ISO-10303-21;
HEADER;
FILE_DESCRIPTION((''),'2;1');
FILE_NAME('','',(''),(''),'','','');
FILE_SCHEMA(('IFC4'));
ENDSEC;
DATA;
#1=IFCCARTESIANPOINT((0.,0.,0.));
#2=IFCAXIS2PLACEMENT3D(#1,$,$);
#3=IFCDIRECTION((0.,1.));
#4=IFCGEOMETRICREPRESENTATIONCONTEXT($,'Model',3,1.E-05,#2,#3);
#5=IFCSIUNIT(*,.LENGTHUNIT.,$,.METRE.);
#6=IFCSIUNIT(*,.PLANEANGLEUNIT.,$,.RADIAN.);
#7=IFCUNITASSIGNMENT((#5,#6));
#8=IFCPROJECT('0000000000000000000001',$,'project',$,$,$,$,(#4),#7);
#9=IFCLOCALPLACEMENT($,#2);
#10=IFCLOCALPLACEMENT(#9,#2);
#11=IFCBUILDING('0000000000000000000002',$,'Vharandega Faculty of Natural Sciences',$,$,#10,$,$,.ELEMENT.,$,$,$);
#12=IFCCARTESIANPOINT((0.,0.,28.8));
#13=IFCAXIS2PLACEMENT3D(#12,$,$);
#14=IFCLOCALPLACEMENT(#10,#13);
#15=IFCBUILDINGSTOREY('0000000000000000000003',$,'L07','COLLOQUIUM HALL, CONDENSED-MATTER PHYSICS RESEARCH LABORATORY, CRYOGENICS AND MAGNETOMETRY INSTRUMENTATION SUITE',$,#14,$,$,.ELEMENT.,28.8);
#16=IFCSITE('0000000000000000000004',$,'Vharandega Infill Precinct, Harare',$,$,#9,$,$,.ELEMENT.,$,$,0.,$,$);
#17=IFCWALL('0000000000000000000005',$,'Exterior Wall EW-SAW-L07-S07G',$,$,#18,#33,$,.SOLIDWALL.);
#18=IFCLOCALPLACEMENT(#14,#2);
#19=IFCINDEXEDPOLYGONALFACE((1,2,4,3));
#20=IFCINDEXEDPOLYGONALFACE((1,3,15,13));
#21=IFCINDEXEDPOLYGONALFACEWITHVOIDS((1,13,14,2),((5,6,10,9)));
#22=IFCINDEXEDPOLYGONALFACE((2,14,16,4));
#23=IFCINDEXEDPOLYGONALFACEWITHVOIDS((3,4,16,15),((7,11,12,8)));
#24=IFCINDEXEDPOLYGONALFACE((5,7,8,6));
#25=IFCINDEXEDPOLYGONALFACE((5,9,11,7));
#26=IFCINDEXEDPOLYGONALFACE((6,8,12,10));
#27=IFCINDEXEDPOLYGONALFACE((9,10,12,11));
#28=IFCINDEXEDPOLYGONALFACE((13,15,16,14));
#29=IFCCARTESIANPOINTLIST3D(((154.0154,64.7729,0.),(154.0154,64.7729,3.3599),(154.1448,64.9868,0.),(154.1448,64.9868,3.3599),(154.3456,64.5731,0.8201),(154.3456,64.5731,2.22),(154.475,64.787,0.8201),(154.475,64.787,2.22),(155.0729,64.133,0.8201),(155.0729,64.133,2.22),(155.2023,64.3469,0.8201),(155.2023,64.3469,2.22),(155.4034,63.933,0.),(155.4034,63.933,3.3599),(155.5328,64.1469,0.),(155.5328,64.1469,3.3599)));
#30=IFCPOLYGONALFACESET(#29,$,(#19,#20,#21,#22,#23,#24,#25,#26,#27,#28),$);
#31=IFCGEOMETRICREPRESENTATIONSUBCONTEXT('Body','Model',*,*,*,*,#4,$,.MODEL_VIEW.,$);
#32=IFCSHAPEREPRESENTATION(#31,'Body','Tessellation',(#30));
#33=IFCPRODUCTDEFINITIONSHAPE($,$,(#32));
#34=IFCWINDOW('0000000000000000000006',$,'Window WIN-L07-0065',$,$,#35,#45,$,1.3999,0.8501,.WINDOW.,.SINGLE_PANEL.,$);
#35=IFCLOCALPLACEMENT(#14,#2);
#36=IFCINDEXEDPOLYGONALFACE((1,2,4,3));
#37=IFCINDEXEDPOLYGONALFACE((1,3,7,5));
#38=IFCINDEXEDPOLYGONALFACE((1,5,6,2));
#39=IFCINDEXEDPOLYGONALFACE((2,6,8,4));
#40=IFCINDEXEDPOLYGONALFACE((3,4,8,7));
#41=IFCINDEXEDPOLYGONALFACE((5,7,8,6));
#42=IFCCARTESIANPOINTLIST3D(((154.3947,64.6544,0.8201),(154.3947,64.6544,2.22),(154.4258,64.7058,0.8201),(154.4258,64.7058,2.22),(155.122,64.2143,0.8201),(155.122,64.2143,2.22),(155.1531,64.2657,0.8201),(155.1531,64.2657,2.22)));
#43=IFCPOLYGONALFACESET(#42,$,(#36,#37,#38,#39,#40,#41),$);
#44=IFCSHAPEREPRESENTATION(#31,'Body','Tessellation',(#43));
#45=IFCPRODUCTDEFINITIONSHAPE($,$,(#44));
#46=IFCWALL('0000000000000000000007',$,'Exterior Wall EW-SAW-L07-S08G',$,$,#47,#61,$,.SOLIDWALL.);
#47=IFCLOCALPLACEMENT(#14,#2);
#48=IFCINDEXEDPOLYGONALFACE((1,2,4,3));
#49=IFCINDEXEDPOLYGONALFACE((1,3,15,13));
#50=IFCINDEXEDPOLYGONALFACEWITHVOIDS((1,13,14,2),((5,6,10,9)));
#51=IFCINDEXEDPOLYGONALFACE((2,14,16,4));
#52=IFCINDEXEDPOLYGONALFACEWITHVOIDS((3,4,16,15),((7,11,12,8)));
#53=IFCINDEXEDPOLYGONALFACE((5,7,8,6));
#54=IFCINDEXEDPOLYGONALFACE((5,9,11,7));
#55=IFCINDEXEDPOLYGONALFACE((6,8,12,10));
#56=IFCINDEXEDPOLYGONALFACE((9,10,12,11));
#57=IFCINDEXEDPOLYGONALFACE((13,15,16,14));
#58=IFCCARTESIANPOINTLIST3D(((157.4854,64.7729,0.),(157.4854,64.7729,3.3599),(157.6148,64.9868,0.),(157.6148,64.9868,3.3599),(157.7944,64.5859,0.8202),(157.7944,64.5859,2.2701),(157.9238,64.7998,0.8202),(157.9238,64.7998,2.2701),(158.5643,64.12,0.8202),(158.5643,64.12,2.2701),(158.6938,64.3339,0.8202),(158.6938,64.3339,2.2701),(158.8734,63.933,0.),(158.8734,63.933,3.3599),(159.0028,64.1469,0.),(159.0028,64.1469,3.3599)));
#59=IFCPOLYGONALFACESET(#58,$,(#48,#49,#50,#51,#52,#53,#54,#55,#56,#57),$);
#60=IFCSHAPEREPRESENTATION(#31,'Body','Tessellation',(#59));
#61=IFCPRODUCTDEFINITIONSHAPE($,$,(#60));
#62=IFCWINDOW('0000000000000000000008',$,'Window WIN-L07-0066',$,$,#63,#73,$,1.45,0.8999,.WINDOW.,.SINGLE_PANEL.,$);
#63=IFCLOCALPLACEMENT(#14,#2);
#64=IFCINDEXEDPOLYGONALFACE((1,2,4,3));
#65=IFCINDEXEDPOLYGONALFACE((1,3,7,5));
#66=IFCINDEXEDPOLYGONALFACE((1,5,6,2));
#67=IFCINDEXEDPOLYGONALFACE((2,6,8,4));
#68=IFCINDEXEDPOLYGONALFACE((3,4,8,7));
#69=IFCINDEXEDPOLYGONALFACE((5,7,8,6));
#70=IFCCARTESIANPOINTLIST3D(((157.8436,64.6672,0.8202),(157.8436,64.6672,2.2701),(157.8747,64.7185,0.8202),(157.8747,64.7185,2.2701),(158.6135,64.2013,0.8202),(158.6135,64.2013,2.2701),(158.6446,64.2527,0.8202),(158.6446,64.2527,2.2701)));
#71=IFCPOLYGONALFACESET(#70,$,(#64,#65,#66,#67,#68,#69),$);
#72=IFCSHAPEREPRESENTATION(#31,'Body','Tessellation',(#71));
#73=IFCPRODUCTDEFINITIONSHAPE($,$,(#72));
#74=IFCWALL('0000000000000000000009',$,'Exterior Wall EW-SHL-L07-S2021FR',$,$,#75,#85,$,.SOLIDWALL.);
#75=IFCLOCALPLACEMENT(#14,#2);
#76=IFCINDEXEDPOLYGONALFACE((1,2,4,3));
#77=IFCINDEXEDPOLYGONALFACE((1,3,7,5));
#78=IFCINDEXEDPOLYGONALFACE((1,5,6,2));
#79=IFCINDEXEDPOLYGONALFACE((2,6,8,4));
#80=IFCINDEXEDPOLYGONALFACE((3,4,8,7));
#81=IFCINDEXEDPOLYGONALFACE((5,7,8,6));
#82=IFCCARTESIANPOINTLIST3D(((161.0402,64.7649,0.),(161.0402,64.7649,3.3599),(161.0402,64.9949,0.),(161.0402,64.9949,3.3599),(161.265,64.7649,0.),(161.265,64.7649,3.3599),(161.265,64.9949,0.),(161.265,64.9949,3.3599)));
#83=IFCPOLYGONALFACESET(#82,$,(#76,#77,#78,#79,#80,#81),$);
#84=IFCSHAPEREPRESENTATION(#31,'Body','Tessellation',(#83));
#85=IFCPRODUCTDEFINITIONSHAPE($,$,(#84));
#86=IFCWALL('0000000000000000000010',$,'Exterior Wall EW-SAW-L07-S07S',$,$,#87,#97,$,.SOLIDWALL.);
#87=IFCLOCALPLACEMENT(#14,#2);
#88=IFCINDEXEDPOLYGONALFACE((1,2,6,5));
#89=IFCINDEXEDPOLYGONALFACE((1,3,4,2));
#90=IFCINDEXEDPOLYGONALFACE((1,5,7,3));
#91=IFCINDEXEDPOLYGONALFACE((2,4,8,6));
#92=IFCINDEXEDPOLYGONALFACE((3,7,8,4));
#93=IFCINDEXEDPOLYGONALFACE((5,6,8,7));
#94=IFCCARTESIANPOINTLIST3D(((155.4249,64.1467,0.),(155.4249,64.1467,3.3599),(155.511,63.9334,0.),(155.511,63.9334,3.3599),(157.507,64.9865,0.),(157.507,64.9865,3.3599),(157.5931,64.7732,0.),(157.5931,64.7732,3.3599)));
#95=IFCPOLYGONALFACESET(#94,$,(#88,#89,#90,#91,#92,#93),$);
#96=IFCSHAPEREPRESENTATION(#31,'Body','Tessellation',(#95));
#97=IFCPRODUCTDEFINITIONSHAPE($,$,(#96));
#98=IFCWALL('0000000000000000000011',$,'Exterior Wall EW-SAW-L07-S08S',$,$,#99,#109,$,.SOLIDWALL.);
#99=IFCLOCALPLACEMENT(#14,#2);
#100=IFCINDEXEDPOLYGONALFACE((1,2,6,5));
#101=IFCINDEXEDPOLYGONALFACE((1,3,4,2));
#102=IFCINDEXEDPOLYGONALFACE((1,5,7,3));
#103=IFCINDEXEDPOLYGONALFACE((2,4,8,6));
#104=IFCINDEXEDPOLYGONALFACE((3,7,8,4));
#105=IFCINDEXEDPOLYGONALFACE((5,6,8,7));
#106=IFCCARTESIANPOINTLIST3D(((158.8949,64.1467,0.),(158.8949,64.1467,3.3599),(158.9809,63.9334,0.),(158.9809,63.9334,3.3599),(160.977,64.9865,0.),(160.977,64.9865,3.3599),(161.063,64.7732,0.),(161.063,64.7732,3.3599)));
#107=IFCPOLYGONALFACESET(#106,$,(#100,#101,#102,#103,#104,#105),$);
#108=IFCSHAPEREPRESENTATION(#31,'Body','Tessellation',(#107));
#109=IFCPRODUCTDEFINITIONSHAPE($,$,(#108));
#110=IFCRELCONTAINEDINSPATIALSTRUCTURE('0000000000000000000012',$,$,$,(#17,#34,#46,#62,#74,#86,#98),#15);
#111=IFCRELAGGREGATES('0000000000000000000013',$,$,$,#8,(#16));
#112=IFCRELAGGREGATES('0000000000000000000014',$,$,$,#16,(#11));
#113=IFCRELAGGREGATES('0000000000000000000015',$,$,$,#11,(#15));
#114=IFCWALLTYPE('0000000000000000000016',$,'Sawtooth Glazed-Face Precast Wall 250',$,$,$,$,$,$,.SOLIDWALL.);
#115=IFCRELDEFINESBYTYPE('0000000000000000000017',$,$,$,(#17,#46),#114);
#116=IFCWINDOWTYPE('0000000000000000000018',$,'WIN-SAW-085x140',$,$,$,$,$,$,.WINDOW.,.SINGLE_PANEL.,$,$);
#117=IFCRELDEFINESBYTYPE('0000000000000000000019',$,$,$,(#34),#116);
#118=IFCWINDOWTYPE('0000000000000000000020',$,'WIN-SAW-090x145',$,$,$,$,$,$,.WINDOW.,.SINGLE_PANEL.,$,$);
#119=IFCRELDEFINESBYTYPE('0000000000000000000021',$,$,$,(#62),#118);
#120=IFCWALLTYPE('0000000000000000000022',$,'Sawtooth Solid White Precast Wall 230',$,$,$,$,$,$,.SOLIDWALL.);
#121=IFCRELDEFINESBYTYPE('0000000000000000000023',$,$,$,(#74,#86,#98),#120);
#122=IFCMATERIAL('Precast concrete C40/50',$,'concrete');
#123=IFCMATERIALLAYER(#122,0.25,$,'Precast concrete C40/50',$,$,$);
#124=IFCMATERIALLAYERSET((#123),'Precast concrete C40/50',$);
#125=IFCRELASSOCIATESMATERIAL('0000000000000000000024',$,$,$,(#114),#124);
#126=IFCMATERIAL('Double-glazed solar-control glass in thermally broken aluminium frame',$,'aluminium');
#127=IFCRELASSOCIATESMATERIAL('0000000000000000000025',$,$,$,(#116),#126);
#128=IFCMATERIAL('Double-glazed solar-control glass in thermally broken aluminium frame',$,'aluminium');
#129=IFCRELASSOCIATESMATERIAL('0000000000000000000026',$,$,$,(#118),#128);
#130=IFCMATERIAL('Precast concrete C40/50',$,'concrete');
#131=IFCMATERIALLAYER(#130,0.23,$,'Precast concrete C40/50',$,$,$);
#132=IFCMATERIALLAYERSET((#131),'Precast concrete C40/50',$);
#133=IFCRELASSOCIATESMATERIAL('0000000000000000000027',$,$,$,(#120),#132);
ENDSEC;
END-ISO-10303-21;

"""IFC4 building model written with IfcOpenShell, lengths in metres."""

from ifc_helpers import new_model, si_unit, direction, frame, frame_2d, origin, place, context, subcontext, project, spatial, rectangle, extrude, material, layer, layer_set, type_object, element, fill, save


model = new_model("IFC4")

# Units and contexts
model_context = context("Model", 3, precision=1e-05, world=origin(), true_north=direction((0.0, 1.0)))
body_context = subcontext(model_context, "Body", "Model", "MODEL_VIEW")
ifc_project = project(units=[si_unit("LENGTHUNIT", "METRE"), si_unit("PLANEANGLEUNIT", "RADIAN")], contexts=[model_context])

# Site, building, storey
site_placement = place(None, origin())
site = spatial("IfcSite", under=ifc_project, at=site_placement, Name="Vharandega Infill Precinct, Harare", CompositionType="ELEMENT", RefElevation=0.0)
building_placement = place(site_placement, origin())
building = spatial("IfcBuilding", under=site, at=building_placement, Name="Vharandega Faculty of Natural Sciences", CompositionType="ELEMENT")
storey_placement = place(building_placement, frame((0.0, 0.0, 28.8)))
storey = spatial("IfcBuildingStorey", under=building, at=storey_placement, Name="L07", Description="COLLOQUIUM HALL, CONDENSED-MATTER PHYSICS RESEARCH LABORATORY, CRYOGENICS AND MAGNETOMETRY INSTRUMENTATION SUITE", CompositionType="ELEMENT", Elevation=28.8)

# Walls, openings, windows
ifc_material_1 = material(Name="Precast concrete C40/50", Category="concrete")
ifc_layer_1 = layer(ifc_material_1, 0.25, Name="Precast concrete C40/50")
ifc_layer_set_1 = layer_set([ifc_layer_1], Name="Precast concrete C40/50")
wall_type_1 = type_object("IfcWallType", Name="Sawtooth Glazed-Face Precast Wall 250", PredefinedType="SOLIDWALL", material=ifc_layer_set_1)
wall_1_placement = place(storey_placement, frame((155.468, 64.04, 0.0), z_axis=(0.0, 0.0, 1.0), x_axis=(-0.855561, 0.517701, 0.0)))
wall_1 = element("IfcWall", 1, at=wall_1_placement, inside=storey, type_object=wall_type_1, Name="Exterior Wall EW-SAW-L07-S07G", PredefinedType="SOLIDWALL", context=body_context, shape_type="SweptSolid", body=[
    extrude(rectangle(XDim=1.6223, YDim=0.25, at=frame_2d((0.811, 0.0))), origin(), (0.0, 0.0, 1.0), 3.3599),
])
opening_1_placement = place(wall_1_placement, frame((0.3862, 0.0, 0.8201)))
opening_1 = element("IfcOpeningElement", 2, at=opening_1_placement, cuts=wall_1, PredefinedType="OPENING", context=body_context, shape_type="SweptSolid", body=[
    extrude(rectangle(XDim=0.8501, YDim=1.3999, at=frame_2d((0.425, 0.7))), frame((0.0, 0.135, 0.0), z_axis=(0.0, -1.0, 0.0), x_axis=(1.0, 0.0, 0.0)), (0.0, 0.0, 1.0), 0.27),
])
ifc_material_2 = material(Name="Double-glazed solar-control glass in thermally broken aluminium frame", Category="aluminium")
window_type_1 = type_object("IfcWindowType", Name="WIN-SAW-085x140", PartitioningType="SINGLE_PANEL", PredefinedType="WINDOW", material=ifc_material_2)
window_1_placement = place(opening_1_placement, origin())
window_1 = element("IfcWindow", 3, at=window_1_placement, inside=storey, type_object=window_type_1, Name="Window WIN-L07-0065", OverallHeight=1.3999, OverallWidth=0.8501, PartitioningType="SINGLE_PANEL", PredefinedType="WINDOW", context=body_context, shape_type="SweptSolid", body=[
    extrude(rectangle(XDim=0.8501, YDim=1.3999, at=frame_2d((0.425, 0.7))), frame((0.0, 0.03, 0.0), z_axis=(0.0, -1.0, 0.0), x_axis=(1.0, 0.0, 0.0)), (0.0, 0.0, 1.0), 0.0601),
])
fill(opening_1, window_1)
wall_2_placement = place(storey_placement, frame((158.938, 64.04, 0.0), z_axis=(0.0, 0.0, 1.0), x_axis=(-0.855561, 0.517701, 0.0)))
wall_2 = element("IfcWall", 4, at=wall_2_placement, inside=storey, type_object=wall_type_1, Name="Exterior Wall EW-SAW-L07-S08G", PredefinedType="SOLIDWALL", context=body_context, shape_type="SweptSolid", body=[
    extrude(rectangle(XDim=1.6223, YDim=0.25, at=frame_2d((0.811, 0.0))), origin(), (0.0, 0.0, 1.0), 3.3599),
])
opening_2_placement = place(wall_2_placement, frame((0.3611, 0.0, 0.8201)))
opening_2 = element("IfcOpeningElement", 5, at=opening_2_placement, cuts=wall_2, PredefinedType="OPENING", context=body_context, shape_type="SweptSolid", body=[
    extrude(rectangle(XDim=0.8999, YDim=1.45, at=frame_2d((0.45, 0.7251))), frame((0.0, 0.135, 0.0), z_axis=(0.0, -1.0, 0.0), x_axis=(1.0, 0.0, 0.0)), (0.0, 0.0, 1.0), 0.27),
])
ifc_material_3 = material(Name="Double-glazed solar-control glass in thermally broken aluminium frame", Category="aluminium")
window_type_2 = type_object("IfcWindowType", Name="WIN-SAW-090x145", PartitioningType="SINGLE_PANEL", PredefinedType="WINDOW", material=ifc_material_3)
window_2_placement = place(opening_2_placement, origin())
window_2 = element("IfcWindow", 6, at=window_2_placement, inside=storey, type_object=window_type_2, Name="Window WIN-L07-0066", OverallHeight=1.45, OverallWidth=0.8999, PartitioningType="SINGLE_PANEL", PredefinedType="WINDOW", context=body_context, shape_type="SweptSolid", body=[
    extrude(rectangle(XDim=0.8999, YDim=1.45, at=frame_2d((0.45, 0.7251))), frame((0.0, 0.03, 0.0), z_axis=(0.0, -1.0, 0.0), x_axis=(1.0, 0.0, 0.0)), (0.0, 0.0, 1.0), 0.0601),
])
fill(opening_2, window_2)

# Walls
ifc_material_4 = material(Name="Precast concrete C40/50", Category="concrete")
ifc_layer_2 = layer(ifc_material_4, 0.23, Name="Precast concrete C40/50")
ifc_layer_set_2 = layer_set([ifc_layer_2], Name="Precast concrete C40/50")
wall_type_2 = type_object("IfcWallType", Name="Sawtooth Solid White Precast Wall 230", PredefinedType="SOLIDWALL", material=ifc_layer_set_2)
wall_3_placement = place(storey_placement, frame((161.2649, 64.8799, 0.0), z_axis=(0.0, 0.0, 1.0), x_axis=(-1.0, 0.0, 0.0)))
element("IfcWall", 7, at=wall_3_placement, inside=storey, type_object=wall_type_2, Name="Exterior Wall EW-SHL-L07-S2021FR", PredefinedType="SOLIDWALL", context=body_context, shape_type="SweptSolid", body=[
    extrude(rectangle(XDim=0.2249, YDim=0.23, at=frame_2d((0.1123, 0.0))), origin(), (0.0, 0.0, 1.0), 3.3599),
])
for number, where, z_axis, x_axis, name in (
    (8, (157.55, 64.8799, 0.0), (0.0, 0.0, 1.0), (-0.927393, -0.374089, 0.0), "Exterior Wall EW-SAW-L07-S07S"),
    (9, (161.02, 64.8799, 0.0), (0.0, 0.0, 1.0), (-0.927393, -0.374089, 0.0), "Exterior Wall EW-SAW-L07-S08S"),
):
    element("IfcWall", number, at=place(storey_placement, frame(where, z_axis=z_axis, x_axis=x_axis)), inside=storey, type_object=wall_type_2, Name=name, PredefinedType="SOLIDWALL", context=body_context, shape_type="SweptSolid", body=[
        extrude(rectangle(XDim=2.2451, YDim=0.23, at=frame_2d((1.1226, 0.0))), origin(), (0.0, 0.0, 1.0), 3.3599),
    ])

save(model, "model.ifc")
